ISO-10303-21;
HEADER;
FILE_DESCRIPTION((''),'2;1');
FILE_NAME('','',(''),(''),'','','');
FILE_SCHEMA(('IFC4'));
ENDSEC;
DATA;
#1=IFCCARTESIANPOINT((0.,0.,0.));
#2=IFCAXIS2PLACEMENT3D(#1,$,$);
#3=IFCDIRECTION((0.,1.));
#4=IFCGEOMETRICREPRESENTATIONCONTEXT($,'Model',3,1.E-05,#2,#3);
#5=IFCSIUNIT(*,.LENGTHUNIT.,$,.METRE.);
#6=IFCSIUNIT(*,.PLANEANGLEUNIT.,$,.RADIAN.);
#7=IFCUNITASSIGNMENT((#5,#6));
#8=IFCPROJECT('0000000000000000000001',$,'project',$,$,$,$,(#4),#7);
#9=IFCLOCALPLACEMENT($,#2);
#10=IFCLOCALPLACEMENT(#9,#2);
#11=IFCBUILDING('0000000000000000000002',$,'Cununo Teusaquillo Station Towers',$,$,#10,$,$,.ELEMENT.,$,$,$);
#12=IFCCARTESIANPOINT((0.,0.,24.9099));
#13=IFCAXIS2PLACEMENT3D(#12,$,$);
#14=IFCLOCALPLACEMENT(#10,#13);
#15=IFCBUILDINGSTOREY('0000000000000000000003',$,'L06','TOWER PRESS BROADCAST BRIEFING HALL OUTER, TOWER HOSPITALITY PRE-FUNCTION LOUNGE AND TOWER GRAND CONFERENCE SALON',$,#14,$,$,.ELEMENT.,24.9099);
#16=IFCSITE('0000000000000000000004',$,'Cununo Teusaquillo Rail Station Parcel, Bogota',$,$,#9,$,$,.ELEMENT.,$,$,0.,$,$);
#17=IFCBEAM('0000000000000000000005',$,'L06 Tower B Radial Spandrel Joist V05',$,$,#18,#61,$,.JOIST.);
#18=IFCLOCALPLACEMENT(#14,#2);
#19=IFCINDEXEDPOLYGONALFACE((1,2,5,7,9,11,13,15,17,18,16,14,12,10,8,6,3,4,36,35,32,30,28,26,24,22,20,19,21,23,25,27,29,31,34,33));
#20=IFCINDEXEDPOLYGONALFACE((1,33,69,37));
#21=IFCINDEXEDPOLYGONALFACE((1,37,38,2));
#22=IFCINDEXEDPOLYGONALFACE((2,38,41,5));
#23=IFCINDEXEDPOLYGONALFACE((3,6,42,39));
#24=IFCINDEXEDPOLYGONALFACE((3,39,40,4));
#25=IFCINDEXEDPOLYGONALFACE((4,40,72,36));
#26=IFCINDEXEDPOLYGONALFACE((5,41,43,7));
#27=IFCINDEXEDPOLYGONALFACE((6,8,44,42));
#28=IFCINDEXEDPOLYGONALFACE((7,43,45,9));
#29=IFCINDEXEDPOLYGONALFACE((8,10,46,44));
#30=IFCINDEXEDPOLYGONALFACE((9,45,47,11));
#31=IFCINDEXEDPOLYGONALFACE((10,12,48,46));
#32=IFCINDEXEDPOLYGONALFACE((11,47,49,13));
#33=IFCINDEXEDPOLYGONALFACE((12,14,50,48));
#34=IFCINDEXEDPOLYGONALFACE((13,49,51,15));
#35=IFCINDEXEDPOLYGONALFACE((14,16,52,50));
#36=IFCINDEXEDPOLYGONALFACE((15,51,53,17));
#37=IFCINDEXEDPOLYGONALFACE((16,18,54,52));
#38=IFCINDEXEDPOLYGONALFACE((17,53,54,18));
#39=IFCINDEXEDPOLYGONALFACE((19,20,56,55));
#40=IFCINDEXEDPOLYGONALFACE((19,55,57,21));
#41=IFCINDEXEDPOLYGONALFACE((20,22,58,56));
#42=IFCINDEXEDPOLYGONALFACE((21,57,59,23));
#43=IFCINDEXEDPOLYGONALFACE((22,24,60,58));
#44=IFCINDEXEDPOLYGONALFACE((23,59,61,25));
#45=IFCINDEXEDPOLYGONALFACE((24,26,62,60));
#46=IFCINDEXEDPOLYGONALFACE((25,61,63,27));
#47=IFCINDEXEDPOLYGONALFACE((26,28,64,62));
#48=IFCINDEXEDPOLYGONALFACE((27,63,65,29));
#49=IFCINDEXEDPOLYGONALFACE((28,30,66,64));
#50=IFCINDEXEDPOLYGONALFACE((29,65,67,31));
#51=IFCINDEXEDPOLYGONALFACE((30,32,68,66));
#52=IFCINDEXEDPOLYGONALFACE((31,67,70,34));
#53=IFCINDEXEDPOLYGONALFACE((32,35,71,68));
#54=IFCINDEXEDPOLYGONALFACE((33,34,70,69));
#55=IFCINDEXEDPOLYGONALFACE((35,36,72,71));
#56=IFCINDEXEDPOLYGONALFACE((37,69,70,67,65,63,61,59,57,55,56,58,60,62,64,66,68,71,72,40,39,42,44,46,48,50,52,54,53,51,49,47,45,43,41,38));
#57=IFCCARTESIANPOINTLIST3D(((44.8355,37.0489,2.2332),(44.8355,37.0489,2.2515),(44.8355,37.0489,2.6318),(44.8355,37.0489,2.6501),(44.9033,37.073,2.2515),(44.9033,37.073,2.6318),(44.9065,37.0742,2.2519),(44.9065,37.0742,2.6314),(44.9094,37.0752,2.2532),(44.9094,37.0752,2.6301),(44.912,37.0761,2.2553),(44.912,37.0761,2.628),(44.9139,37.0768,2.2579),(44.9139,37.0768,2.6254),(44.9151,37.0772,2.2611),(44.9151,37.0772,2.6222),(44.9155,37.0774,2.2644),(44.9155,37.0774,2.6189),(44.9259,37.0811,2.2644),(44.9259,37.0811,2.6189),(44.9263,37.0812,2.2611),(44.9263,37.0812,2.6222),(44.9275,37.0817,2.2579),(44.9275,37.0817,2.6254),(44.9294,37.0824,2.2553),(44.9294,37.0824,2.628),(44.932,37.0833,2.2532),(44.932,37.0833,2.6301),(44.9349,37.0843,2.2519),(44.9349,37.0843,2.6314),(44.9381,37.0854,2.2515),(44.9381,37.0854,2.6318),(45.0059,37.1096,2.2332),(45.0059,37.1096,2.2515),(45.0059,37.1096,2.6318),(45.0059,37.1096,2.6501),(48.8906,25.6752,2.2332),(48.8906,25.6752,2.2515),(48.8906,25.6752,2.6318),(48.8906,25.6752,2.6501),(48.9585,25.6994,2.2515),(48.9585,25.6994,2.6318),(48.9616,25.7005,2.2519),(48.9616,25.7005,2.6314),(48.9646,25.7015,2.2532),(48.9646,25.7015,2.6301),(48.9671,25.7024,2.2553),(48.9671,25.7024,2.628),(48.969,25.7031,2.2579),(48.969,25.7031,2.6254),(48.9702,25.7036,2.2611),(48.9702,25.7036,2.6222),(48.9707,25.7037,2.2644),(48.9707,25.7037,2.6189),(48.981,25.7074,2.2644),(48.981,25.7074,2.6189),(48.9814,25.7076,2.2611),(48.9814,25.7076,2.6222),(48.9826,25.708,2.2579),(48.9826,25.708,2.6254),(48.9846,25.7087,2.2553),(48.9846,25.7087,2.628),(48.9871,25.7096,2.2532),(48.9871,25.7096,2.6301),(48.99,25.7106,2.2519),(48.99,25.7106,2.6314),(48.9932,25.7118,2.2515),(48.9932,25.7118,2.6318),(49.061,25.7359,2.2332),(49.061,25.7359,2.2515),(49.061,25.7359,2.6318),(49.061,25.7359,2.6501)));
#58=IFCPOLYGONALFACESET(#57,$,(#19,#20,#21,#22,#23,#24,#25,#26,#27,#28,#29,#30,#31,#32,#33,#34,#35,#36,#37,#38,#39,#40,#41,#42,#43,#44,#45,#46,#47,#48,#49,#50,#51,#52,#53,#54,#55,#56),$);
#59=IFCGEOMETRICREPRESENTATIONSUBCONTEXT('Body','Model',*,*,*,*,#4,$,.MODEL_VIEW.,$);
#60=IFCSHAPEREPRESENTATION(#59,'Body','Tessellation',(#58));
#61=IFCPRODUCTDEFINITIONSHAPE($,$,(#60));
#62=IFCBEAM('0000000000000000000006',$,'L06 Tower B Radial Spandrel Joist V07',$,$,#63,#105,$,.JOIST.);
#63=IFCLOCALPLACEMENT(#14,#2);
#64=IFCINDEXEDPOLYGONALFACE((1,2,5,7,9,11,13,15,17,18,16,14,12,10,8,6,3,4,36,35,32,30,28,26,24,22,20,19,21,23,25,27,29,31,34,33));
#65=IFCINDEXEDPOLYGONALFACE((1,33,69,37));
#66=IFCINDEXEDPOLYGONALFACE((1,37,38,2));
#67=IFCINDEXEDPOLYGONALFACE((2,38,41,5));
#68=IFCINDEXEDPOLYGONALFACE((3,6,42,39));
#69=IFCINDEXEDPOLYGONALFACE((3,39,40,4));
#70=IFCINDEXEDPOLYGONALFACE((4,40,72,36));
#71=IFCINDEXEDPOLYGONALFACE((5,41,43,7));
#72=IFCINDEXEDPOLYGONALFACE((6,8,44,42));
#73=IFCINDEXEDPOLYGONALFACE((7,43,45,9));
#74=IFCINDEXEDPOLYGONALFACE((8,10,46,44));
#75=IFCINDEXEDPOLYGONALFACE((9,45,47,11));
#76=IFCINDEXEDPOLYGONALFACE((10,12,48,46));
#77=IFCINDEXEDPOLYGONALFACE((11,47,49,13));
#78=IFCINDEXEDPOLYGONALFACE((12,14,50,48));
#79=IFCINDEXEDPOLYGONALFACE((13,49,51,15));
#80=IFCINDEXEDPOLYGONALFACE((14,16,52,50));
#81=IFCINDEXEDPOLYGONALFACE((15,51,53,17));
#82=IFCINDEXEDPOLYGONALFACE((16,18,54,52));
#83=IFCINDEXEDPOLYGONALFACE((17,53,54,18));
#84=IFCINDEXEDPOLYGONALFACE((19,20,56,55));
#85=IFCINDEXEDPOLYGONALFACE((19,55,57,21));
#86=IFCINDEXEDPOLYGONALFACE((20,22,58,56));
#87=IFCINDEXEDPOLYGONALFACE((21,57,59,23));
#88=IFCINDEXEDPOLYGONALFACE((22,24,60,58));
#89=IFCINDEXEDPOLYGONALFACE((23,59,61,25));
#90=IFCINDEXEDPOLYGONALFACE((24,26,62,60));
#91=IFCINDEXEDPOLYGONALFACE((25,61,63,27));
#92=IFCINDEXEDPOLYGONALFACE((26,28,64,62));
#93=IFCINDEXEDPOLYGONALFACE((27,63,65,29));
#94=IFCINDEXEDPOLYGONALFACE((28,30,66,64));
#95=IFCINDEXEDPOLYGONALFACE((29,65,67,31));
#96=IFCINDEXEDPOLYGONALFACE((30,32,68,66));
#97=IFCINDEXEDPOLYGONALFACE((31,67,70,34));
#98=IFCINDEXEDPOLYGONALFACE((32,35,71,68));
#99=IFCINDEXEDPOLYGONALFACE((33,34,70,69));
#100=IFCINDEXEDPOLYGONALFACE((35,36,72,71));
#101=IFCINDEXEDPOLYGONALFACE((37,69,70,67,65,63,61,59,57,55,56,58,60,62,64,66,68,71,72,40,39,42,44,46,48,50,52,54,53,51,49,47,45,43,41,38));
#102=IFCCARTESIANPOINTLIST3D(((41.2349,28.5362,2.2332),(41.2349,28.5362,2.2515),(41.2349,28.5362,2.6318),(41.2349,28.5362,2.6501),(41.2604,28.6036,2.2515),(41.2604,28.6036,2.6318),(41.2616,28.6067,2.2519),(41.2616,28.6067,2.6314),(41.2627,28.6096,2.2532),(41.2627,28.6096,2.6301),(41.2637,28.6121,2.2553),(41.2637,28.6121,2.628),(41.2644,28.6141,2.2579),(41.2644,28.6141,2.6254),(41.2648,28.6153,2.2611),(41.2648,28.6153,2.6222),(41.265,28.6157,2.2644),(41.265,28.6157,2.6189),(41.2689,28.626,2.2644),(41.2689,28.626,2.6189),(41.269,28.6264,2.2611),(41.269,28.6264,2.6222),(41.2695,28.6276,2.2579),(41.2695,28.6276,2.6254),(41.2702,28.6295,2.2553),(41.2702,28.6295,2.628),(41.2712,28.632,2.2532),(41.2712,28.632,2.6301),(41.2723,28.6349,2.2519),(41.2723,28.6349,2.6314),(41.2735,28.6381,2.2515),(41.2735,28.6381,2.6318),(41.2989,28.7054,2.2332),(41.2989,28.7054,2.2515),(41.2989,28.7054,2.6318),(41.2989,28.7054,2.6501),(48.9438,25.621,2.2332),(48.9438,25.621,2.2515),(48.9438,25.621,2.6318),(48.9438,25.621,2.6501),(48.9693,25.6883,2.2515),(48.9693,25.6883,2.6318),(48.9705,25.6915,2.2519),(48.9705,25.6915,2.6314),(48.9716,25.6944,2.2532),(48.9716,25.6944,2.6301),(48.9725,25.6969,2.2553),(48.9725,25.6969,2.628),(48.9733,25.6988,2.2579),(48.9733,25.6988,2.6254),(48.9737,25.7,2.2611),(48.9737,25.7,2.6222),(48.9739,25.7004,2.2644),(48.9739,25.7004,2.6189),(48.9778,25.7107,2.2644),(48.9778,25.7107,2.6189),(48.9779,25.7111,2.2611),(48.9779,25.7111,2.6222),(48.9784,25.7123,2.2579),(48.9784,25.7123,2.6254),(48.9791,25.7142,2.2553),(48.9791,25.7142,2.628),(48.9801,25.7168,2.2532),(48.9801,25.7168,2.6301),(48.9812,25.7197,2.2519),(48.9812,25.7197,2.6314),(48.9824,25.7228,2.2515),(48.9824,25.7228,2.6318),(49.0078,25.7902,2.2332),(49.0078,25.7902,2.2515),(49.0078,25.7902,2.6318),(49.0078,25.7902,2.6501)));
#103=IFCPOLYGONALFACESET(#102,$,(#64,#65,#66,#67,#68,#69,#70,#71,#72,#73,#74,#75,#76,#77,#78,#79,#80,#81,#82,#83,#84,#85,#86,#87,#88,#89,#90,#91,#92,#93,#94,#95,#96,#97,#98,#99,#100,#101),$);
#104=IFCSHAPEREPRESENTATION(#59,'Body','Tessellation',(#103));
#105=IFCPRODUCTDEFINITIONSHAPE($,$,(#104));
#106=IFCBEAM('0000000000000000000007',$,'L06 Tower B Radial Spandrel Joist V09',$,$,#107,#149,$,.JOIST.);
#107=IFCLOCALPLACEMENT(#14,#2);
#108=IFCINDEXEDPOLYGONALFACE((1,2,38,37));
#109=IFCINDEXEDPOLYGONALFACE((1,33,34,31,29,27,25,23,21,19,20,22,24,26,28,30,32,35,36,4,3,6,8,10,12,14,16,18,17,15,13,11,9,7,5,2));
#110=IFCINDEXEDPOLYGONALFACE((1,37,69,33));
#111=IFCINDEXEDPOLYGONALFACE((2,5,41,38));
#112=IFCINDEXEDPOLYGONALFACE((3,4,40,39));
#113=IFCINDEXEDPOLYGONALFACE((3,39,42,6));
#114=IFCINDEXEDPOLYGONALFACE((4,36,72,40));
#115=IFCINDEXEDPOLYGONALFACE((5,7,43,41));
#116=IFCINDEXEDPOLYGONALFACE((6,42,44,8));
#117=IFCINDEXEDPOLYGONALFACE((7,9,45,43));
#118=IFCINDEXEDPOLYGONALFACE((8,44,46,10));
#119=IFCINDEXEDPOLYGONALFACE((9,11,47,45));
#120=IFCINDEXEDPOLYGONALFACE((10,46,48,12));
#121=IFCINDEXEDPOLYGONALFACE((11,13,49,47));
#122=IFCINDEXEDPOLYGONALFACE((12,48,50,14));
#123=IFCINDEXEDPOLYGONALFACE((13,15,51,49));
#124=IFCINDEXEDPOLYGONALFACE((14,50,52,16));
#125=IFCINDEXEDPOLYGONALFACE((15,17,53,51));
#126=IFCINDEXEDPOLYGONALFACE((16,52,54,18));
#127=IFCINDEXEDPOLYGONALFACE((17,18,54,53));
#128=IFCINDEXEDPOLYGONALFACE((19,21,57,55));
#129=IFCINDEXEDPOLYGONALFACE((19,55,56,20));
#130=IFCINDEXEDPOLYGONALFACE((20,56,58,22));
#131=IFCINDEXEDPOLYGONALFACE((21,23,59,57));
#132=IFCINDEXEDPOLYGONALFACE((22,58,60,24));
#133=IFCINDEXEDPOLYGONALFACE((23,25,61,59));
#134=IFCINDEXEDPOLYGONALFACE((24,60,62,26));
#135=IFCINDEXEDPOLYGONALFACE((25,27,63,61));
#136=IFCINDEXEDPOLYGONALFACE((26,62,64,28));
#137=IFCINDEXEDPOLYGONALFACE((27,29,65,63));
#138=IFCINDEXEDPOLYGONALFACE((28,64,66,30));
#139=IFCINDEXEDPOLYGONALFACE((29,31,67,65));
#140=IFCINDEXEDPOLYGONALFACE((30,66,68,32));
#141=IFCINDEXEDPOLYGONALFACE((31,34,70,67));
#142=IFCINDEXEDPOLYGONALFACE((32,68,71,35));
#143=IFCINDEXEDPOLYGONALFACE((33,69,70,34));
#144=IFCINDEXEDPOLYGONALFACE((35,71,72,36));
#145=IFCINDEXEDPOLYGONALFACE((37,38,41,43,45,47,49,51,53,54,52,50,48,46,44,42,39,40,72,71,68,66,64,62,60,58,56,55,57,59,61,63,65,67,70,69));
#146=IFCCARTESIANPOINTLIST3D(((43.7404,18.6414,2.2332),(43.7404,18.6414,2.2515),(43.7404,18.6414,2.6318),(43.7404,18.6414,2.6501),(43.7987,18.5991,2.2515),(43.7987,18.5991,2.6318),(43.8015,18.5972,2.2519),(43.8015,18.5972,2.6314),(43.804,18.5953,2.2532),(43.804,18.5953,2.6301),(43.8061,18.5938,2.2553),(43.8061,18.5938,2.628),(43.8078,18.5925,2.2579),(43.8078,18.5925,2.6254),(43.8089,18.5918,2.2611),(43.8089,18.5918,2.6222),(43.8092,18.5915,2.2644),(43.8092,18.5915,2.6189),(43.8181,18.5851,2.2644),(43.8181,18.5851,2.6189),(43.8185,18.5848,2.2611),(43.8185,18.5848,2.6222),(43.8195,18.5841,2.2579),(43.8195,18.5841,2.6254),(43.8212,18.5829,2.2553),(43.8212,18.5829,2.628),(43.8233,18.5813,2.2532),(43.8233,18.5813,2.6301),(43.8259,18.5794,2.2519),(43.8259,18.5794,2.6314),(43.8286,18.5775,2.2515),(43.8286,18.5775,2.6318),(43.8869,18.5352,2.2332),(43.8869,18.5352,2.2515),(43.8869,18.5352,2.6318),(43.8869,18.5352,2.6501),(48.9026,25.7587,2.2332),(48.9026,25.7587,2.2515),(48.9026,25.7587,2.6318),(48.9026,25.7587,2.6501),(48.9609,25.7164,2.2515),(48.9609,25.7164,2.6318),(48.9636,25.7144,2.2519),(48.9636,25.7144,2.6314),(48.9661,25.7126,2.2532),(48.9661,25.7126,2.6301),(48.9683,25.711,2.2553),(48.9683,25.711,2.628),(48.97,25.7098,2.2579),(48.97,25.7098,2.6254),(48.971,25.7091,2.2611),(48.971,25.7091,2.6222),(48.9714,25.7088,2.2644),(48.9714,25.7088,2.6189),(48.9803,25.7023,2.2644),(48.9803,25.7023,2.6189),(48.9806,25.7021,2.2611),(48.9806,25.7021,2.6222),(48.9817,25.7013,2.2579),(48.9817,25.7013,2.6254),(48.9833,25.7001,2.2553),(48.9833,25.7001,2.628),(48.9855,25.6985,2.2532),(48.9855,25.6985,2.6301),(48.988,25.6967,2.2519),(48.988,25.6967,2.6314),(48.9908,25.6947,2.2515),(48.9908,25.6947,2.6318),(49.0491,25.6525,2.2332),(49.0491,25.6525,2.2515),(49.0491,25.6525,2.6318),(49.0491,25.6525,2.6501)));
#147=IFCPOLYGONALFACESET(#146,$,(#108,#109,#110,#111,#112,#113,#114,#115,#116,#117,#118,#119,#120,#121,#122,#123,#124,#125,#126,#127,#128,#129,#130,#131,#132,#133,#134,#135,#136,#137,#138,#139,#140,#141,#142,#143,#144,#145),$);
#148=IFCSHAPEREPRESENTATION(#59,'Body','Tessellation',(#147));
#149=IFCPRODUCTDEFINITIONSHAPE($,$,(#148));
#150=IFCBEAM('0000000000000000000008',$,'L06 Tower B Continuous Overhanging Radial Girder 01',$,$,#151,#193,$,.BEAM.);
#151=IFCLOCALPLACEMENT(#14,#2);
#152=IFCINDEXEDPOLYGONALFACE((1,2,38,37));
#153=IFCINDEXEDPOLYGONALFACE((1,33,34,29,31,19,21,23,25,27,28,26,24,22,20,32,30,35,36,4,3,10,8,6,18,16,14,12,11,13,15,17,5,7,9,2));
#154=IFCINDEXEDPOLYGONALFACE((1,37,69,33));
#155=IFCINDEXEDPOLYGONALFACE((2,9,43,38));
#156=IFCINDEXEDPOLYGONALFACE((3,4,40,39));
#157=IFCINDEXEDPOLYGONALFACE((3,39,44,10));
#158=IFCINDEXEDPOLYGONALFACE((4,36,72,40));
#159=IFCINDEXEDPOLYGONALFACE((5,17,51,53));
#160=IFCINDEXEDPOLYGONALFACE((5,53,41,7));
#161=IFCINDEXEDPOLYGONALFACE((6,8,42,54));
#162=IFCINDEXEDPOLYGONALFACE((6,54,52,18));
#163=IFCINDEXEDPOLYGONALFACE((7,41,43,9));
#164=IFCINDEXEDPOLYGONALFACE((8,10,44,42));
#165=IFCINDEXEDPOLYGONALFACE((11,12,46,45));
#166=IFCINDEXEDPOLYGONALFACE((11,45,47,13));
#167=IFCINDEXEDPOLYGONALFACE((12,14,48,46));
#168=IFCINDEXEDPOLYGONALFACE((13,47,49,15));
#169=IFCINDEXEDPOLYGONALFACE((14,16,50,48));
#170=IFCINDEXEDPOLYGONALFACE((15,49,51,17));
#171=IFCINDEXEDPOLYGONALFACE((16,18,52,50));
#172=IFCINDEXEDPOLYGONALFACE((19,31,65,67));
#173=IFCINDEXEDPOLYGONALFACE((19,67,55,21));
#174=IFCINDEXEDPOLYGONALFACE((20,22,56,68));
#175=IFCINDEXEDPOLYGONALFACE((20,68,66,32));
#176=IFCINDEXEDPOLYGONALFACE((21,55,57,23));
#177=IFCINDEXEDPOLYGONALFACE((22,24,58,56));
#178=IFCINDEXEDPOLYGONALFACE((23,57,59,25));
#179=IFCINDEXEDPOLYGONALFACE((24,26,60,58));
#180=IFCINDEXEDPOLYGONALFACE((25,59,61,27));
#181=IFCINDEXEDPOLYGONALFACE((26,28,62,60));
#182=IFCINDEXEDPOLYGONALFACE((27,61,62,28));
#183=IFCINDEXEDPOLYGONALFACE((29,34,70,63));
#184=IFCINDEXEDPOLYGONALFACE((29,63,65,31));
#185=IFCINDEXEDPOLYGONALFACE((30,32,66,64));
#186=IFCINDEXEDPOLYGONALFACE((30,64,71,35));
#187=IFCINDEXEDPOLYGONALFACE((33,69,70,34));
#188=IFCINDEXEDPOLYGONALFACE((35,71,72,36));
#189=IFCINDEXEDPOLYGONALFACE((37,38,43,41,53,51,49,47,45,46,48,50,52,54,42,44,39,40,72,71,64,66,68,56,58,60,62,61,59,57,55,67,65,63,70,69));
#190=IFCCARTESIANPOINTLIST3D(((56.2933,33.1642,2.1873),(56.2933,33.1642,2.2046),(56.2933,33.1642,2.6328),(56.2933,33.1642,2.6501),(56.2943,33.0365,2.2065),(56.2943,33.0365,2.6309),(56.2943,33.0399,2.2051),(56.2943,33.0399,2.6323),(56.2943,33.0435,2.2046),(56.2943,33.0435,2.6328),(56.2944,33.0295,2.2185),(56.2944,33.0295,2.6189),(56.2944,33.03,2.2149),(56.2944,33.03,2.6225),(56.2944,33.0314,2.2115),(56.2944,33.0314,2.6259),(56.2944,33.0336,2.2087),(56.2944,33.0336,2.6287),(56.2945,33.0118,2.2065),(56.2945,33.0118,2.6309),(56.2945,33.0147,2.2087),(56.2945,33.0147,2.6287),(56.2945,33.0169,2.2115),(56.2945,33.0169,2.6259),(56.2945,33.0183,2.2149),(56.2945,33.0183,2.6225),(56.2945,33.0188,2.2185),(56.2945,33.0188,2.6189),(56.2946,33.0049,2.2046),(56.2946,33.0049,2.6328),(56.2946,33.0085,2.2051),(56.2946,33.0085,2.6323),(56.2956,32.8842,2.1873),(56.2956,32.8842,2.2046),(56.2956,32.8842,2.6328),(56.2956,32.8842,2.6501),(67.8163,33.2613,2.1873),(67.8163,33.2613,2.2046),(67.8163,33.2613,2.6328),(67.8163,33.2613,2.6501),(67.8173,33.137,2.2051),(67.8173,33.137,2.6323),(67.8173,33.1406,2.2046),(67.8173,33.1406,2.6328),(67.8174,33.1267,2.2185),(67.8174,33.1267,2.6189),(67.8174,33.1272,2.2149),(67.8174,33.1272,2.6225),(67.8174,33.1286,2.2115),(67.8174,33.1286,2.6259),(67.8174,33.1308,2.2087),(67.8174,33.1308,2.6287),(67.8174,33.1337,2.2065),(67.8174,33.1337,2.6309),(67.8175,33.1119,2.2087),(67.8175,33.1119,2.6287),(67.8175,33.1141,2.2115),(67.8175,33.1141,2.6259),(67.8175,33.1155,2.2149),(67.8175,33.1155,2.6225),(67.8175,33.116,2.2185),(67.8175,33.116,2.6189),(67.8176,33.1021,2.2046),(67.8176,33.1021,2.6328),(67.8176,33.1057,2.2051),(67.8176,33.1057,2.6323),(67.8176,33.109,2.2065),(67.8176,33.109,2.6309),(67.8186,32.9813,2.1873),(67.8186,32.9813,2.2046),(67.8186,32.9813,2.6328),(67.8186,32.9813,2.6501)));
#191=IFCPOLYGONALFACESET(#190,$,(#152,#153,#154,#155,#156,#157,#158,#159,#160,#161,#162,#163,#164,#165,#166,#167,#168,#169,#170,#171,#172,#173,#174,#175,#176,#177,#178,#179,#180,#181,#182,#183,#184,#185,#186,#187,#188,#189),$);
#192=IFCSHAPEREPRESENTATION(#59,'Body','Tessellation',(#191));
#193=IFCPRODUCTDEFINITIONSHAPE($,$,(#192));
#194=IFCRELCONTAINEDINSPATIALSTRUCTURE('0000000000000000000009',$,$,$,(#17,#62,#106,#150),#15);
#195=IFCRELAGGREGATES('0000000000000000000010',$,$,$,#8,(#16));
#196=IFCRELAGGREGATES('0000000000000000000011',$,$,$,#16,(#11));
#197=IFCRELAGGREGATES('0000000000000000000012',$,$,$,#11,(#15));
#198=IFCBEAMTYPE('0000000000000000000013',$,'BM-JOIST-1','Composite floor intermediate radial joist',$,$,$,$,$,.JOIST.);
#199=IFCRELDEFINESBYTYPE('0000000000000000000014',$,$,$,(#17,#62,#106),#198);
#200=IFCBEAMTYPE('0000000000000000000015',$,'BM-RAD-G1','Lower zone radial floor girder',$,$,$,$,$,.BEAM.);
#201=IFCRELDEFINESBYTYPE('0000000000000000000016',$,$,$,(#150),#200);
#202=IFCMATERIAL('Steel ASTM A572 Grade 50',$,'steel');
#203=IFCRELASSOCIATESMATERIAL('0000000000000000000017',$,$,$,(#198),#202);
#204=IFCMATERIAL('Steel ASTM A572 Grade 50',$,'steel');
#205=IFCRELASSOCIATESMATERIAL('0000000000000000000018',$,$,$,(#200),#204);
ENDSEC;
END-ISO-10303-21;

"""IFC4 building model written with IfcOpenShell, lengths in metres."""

from ifc_helpers import new_model, si_unit, direction, frame, origin, origin_2d, place, context, subcontext, project, spatial, i_section, extrude, material, material_profile, profile_set, type_object, element, save


model = new_model("IFC4")

# Units and contexts
model_context = context("Model", 3, precision=1e-05, world=origin(), true_north=direction((0.0, 1.0)))
body_context = subcontext(model_context, "Body", "Model", "MODEL_VIEW")
ifc_project = project(units=[si_unit("LENGTHUNIT", "METRE"), si_unit("PLANEANGLEUNIT", "RADIAN")], contexts=[model_context])

# Site, building, storey
site_placement = place(None, origin())
site = spatial("IfcSite", under=ifc_project, at=site_placement, Name="Cununo Teusaquillo Rail Station Parcel, Bogota", CompositionType="ELEMENT", RefElevation=0.0)
building_placement = place(site_placement, origin())
building = spatial("IfcBuilding", under=site, at=building_placement, Name="Cununo Teusaquillo Station Towers", CompositionType="ELEMENT")
storey_placement = place(building_placement, frame((0.0, 0.0, 24.9099)))
storey = spatial("IfcBuildingStorey", under=building, at=storey_placement, Name="L06", Description="TOWER PRESS BROADCAST BRIEFING HALL OUTER, TOWER HOSPITALITY PRE-FUNCTION LOUNGE AND TOWER GRAND CONFERENCE SALON", CompositionType="ELEMENT", Elevation=24.9099)

# Beams
ifc_material_1 = material(Name="Steel ASTM A572 Grade 50", Category="steel")
ifc_material_profile_1 = material_profile(ifc_material_1, i_section(OverallWidth=0.1809, OverallDepth=0.417, WebThickness=0.011, FlangeThickness=0.0183, FilletRadius=0.0129, at=origin_2d()), Name="W16X57")
ifc_profile_set_1 = profile_set([ifc_material_profile_1], Name="Steel ASTM A572 Grade 50")
beam_type_1 = type_object("IfcBeamType", Name="BM-JOIST-1", Description="Composite floor intermediate radial joist", PredefinedType="JOIST", material=ifc_profile_set_1)
beam_1_placement = place(storey_placement, frame((48.9758, 25.7056, 2.4417), z_axis=(-0.33583, 0.941922, 0.0), x_axis=(-0.941922, -0.33583, 0.0)))
element("IfcBeam", 1, at=beam_1_placement, inside=storey, type_object=beam_type_1, Name="L06 Tower B Radial Spandrel Joist V05", PredefinedType="JOIST", context=body_context, shape_type="SweptSolid", body=[
    extrude(i_section(OverallWidth=0.1809, OverallDepth=0.417, WebThickness=0.011, FlangeThickness=0.0183, FilletRadius=0.0129, at=origin_2d()), origin(), (0.0, 0.0, 1.0), 12.075),
])
beam_2_placement = place(storey_placement, frame((48.9758, 25.7056, 2.4417), z_axis=(-0.935352, 0.353719, 0.0), x_axis=(-0.353719, -0.935352, 0.0)))
element("IfcBeam", 2, at=beam_2_placement, inside=storey, type_object=beam_type_1, Name="L06 Tower B Radial Spandrel Joist V07", PredefinedType="JOIST", context=body_context, shape_type="SweptSolid", body=[
    extrude(i_section(OverallWidth=0.1809, OverallDepth=0.417, WebThickness=0.011, FlangeThickness=0.0183, FilletRadius=0.0129, at=origin_2d()), origin(), (0.0, 0.0, 1.0), 8.2417),
])
beam_3_placement = place(storey_placement, frame((48.9758, 25.7056, 2.4417), z_axis=(-0.587128, -0.809494, 0.0), x_axis=(0.809494, -0.587128, 0.0)))
element("IfcBeam", 3, at=beam_3_placement, inside=storey, type_object=beam_type_1, Name="L06 Tower B Radial Spandrel Joist V09", PredefinedType="JOIST", context=body_context, shape_type="SweptSolid", body=[
    extrude(i_section(OverallWidth=0.1809, OverallDepth=0.417, WebThickness=0.011, FlangeThickness=0.0183, FilletRadius=0.0129, at=origin_2d()), origin(), (0.0, 0.0, 1.0), 8.7922),
])
ifc_material_2 = material(Name="Steel ASTM A572 Grade 50", Category="steel")
ifc_material_profile_2 = material_profile(ifc_material_2, i_section(OverallWidth=0.28, OverallDepth=0.4629, WebThickness=0.0107, FlangeThickness=0.0173, FilletRadius=0.0139, at=origin_2d()), Name="W18X76")
ifc_profile_set_2 = profile_set([ifc_material_profile_2], Name="Steel ASTM A572 Grade 50")
beam_type_2 = type_object("IfcBeamType", Name="BM-RAD-G1", Description="Lower zone radial floor girder", PredefinedType="BEAM", material=ifc_profile_set_2)
beam_4_placement = place(storey_placement, frame((56.2944, 33.0242, 2.4187), z_axis=(0.999964, 0.008432, 0.0), x_axis=(-0.008432, 0.999964, 0.0)))
element("IfcBeam", 4, at=beam_4_placement, inside=storey, type_object=beam_type_2, Name="L06 Tower B Continuous Overhanging Radial Girder 01", PredefinedType="BEAM", context=body_context, shape_type="SweptSolid", body=[
    extrude(i_section(OverallWidth=0.28, OverallDepth=0.4629, WebThickness=0.0107, FlangeThickness=0.0173, FilletRadius=0.0139, at=origin_2d()), origin(), (0.0, 0.0, 1.0), 11.5234),
])

save(model, "model.ifc")
